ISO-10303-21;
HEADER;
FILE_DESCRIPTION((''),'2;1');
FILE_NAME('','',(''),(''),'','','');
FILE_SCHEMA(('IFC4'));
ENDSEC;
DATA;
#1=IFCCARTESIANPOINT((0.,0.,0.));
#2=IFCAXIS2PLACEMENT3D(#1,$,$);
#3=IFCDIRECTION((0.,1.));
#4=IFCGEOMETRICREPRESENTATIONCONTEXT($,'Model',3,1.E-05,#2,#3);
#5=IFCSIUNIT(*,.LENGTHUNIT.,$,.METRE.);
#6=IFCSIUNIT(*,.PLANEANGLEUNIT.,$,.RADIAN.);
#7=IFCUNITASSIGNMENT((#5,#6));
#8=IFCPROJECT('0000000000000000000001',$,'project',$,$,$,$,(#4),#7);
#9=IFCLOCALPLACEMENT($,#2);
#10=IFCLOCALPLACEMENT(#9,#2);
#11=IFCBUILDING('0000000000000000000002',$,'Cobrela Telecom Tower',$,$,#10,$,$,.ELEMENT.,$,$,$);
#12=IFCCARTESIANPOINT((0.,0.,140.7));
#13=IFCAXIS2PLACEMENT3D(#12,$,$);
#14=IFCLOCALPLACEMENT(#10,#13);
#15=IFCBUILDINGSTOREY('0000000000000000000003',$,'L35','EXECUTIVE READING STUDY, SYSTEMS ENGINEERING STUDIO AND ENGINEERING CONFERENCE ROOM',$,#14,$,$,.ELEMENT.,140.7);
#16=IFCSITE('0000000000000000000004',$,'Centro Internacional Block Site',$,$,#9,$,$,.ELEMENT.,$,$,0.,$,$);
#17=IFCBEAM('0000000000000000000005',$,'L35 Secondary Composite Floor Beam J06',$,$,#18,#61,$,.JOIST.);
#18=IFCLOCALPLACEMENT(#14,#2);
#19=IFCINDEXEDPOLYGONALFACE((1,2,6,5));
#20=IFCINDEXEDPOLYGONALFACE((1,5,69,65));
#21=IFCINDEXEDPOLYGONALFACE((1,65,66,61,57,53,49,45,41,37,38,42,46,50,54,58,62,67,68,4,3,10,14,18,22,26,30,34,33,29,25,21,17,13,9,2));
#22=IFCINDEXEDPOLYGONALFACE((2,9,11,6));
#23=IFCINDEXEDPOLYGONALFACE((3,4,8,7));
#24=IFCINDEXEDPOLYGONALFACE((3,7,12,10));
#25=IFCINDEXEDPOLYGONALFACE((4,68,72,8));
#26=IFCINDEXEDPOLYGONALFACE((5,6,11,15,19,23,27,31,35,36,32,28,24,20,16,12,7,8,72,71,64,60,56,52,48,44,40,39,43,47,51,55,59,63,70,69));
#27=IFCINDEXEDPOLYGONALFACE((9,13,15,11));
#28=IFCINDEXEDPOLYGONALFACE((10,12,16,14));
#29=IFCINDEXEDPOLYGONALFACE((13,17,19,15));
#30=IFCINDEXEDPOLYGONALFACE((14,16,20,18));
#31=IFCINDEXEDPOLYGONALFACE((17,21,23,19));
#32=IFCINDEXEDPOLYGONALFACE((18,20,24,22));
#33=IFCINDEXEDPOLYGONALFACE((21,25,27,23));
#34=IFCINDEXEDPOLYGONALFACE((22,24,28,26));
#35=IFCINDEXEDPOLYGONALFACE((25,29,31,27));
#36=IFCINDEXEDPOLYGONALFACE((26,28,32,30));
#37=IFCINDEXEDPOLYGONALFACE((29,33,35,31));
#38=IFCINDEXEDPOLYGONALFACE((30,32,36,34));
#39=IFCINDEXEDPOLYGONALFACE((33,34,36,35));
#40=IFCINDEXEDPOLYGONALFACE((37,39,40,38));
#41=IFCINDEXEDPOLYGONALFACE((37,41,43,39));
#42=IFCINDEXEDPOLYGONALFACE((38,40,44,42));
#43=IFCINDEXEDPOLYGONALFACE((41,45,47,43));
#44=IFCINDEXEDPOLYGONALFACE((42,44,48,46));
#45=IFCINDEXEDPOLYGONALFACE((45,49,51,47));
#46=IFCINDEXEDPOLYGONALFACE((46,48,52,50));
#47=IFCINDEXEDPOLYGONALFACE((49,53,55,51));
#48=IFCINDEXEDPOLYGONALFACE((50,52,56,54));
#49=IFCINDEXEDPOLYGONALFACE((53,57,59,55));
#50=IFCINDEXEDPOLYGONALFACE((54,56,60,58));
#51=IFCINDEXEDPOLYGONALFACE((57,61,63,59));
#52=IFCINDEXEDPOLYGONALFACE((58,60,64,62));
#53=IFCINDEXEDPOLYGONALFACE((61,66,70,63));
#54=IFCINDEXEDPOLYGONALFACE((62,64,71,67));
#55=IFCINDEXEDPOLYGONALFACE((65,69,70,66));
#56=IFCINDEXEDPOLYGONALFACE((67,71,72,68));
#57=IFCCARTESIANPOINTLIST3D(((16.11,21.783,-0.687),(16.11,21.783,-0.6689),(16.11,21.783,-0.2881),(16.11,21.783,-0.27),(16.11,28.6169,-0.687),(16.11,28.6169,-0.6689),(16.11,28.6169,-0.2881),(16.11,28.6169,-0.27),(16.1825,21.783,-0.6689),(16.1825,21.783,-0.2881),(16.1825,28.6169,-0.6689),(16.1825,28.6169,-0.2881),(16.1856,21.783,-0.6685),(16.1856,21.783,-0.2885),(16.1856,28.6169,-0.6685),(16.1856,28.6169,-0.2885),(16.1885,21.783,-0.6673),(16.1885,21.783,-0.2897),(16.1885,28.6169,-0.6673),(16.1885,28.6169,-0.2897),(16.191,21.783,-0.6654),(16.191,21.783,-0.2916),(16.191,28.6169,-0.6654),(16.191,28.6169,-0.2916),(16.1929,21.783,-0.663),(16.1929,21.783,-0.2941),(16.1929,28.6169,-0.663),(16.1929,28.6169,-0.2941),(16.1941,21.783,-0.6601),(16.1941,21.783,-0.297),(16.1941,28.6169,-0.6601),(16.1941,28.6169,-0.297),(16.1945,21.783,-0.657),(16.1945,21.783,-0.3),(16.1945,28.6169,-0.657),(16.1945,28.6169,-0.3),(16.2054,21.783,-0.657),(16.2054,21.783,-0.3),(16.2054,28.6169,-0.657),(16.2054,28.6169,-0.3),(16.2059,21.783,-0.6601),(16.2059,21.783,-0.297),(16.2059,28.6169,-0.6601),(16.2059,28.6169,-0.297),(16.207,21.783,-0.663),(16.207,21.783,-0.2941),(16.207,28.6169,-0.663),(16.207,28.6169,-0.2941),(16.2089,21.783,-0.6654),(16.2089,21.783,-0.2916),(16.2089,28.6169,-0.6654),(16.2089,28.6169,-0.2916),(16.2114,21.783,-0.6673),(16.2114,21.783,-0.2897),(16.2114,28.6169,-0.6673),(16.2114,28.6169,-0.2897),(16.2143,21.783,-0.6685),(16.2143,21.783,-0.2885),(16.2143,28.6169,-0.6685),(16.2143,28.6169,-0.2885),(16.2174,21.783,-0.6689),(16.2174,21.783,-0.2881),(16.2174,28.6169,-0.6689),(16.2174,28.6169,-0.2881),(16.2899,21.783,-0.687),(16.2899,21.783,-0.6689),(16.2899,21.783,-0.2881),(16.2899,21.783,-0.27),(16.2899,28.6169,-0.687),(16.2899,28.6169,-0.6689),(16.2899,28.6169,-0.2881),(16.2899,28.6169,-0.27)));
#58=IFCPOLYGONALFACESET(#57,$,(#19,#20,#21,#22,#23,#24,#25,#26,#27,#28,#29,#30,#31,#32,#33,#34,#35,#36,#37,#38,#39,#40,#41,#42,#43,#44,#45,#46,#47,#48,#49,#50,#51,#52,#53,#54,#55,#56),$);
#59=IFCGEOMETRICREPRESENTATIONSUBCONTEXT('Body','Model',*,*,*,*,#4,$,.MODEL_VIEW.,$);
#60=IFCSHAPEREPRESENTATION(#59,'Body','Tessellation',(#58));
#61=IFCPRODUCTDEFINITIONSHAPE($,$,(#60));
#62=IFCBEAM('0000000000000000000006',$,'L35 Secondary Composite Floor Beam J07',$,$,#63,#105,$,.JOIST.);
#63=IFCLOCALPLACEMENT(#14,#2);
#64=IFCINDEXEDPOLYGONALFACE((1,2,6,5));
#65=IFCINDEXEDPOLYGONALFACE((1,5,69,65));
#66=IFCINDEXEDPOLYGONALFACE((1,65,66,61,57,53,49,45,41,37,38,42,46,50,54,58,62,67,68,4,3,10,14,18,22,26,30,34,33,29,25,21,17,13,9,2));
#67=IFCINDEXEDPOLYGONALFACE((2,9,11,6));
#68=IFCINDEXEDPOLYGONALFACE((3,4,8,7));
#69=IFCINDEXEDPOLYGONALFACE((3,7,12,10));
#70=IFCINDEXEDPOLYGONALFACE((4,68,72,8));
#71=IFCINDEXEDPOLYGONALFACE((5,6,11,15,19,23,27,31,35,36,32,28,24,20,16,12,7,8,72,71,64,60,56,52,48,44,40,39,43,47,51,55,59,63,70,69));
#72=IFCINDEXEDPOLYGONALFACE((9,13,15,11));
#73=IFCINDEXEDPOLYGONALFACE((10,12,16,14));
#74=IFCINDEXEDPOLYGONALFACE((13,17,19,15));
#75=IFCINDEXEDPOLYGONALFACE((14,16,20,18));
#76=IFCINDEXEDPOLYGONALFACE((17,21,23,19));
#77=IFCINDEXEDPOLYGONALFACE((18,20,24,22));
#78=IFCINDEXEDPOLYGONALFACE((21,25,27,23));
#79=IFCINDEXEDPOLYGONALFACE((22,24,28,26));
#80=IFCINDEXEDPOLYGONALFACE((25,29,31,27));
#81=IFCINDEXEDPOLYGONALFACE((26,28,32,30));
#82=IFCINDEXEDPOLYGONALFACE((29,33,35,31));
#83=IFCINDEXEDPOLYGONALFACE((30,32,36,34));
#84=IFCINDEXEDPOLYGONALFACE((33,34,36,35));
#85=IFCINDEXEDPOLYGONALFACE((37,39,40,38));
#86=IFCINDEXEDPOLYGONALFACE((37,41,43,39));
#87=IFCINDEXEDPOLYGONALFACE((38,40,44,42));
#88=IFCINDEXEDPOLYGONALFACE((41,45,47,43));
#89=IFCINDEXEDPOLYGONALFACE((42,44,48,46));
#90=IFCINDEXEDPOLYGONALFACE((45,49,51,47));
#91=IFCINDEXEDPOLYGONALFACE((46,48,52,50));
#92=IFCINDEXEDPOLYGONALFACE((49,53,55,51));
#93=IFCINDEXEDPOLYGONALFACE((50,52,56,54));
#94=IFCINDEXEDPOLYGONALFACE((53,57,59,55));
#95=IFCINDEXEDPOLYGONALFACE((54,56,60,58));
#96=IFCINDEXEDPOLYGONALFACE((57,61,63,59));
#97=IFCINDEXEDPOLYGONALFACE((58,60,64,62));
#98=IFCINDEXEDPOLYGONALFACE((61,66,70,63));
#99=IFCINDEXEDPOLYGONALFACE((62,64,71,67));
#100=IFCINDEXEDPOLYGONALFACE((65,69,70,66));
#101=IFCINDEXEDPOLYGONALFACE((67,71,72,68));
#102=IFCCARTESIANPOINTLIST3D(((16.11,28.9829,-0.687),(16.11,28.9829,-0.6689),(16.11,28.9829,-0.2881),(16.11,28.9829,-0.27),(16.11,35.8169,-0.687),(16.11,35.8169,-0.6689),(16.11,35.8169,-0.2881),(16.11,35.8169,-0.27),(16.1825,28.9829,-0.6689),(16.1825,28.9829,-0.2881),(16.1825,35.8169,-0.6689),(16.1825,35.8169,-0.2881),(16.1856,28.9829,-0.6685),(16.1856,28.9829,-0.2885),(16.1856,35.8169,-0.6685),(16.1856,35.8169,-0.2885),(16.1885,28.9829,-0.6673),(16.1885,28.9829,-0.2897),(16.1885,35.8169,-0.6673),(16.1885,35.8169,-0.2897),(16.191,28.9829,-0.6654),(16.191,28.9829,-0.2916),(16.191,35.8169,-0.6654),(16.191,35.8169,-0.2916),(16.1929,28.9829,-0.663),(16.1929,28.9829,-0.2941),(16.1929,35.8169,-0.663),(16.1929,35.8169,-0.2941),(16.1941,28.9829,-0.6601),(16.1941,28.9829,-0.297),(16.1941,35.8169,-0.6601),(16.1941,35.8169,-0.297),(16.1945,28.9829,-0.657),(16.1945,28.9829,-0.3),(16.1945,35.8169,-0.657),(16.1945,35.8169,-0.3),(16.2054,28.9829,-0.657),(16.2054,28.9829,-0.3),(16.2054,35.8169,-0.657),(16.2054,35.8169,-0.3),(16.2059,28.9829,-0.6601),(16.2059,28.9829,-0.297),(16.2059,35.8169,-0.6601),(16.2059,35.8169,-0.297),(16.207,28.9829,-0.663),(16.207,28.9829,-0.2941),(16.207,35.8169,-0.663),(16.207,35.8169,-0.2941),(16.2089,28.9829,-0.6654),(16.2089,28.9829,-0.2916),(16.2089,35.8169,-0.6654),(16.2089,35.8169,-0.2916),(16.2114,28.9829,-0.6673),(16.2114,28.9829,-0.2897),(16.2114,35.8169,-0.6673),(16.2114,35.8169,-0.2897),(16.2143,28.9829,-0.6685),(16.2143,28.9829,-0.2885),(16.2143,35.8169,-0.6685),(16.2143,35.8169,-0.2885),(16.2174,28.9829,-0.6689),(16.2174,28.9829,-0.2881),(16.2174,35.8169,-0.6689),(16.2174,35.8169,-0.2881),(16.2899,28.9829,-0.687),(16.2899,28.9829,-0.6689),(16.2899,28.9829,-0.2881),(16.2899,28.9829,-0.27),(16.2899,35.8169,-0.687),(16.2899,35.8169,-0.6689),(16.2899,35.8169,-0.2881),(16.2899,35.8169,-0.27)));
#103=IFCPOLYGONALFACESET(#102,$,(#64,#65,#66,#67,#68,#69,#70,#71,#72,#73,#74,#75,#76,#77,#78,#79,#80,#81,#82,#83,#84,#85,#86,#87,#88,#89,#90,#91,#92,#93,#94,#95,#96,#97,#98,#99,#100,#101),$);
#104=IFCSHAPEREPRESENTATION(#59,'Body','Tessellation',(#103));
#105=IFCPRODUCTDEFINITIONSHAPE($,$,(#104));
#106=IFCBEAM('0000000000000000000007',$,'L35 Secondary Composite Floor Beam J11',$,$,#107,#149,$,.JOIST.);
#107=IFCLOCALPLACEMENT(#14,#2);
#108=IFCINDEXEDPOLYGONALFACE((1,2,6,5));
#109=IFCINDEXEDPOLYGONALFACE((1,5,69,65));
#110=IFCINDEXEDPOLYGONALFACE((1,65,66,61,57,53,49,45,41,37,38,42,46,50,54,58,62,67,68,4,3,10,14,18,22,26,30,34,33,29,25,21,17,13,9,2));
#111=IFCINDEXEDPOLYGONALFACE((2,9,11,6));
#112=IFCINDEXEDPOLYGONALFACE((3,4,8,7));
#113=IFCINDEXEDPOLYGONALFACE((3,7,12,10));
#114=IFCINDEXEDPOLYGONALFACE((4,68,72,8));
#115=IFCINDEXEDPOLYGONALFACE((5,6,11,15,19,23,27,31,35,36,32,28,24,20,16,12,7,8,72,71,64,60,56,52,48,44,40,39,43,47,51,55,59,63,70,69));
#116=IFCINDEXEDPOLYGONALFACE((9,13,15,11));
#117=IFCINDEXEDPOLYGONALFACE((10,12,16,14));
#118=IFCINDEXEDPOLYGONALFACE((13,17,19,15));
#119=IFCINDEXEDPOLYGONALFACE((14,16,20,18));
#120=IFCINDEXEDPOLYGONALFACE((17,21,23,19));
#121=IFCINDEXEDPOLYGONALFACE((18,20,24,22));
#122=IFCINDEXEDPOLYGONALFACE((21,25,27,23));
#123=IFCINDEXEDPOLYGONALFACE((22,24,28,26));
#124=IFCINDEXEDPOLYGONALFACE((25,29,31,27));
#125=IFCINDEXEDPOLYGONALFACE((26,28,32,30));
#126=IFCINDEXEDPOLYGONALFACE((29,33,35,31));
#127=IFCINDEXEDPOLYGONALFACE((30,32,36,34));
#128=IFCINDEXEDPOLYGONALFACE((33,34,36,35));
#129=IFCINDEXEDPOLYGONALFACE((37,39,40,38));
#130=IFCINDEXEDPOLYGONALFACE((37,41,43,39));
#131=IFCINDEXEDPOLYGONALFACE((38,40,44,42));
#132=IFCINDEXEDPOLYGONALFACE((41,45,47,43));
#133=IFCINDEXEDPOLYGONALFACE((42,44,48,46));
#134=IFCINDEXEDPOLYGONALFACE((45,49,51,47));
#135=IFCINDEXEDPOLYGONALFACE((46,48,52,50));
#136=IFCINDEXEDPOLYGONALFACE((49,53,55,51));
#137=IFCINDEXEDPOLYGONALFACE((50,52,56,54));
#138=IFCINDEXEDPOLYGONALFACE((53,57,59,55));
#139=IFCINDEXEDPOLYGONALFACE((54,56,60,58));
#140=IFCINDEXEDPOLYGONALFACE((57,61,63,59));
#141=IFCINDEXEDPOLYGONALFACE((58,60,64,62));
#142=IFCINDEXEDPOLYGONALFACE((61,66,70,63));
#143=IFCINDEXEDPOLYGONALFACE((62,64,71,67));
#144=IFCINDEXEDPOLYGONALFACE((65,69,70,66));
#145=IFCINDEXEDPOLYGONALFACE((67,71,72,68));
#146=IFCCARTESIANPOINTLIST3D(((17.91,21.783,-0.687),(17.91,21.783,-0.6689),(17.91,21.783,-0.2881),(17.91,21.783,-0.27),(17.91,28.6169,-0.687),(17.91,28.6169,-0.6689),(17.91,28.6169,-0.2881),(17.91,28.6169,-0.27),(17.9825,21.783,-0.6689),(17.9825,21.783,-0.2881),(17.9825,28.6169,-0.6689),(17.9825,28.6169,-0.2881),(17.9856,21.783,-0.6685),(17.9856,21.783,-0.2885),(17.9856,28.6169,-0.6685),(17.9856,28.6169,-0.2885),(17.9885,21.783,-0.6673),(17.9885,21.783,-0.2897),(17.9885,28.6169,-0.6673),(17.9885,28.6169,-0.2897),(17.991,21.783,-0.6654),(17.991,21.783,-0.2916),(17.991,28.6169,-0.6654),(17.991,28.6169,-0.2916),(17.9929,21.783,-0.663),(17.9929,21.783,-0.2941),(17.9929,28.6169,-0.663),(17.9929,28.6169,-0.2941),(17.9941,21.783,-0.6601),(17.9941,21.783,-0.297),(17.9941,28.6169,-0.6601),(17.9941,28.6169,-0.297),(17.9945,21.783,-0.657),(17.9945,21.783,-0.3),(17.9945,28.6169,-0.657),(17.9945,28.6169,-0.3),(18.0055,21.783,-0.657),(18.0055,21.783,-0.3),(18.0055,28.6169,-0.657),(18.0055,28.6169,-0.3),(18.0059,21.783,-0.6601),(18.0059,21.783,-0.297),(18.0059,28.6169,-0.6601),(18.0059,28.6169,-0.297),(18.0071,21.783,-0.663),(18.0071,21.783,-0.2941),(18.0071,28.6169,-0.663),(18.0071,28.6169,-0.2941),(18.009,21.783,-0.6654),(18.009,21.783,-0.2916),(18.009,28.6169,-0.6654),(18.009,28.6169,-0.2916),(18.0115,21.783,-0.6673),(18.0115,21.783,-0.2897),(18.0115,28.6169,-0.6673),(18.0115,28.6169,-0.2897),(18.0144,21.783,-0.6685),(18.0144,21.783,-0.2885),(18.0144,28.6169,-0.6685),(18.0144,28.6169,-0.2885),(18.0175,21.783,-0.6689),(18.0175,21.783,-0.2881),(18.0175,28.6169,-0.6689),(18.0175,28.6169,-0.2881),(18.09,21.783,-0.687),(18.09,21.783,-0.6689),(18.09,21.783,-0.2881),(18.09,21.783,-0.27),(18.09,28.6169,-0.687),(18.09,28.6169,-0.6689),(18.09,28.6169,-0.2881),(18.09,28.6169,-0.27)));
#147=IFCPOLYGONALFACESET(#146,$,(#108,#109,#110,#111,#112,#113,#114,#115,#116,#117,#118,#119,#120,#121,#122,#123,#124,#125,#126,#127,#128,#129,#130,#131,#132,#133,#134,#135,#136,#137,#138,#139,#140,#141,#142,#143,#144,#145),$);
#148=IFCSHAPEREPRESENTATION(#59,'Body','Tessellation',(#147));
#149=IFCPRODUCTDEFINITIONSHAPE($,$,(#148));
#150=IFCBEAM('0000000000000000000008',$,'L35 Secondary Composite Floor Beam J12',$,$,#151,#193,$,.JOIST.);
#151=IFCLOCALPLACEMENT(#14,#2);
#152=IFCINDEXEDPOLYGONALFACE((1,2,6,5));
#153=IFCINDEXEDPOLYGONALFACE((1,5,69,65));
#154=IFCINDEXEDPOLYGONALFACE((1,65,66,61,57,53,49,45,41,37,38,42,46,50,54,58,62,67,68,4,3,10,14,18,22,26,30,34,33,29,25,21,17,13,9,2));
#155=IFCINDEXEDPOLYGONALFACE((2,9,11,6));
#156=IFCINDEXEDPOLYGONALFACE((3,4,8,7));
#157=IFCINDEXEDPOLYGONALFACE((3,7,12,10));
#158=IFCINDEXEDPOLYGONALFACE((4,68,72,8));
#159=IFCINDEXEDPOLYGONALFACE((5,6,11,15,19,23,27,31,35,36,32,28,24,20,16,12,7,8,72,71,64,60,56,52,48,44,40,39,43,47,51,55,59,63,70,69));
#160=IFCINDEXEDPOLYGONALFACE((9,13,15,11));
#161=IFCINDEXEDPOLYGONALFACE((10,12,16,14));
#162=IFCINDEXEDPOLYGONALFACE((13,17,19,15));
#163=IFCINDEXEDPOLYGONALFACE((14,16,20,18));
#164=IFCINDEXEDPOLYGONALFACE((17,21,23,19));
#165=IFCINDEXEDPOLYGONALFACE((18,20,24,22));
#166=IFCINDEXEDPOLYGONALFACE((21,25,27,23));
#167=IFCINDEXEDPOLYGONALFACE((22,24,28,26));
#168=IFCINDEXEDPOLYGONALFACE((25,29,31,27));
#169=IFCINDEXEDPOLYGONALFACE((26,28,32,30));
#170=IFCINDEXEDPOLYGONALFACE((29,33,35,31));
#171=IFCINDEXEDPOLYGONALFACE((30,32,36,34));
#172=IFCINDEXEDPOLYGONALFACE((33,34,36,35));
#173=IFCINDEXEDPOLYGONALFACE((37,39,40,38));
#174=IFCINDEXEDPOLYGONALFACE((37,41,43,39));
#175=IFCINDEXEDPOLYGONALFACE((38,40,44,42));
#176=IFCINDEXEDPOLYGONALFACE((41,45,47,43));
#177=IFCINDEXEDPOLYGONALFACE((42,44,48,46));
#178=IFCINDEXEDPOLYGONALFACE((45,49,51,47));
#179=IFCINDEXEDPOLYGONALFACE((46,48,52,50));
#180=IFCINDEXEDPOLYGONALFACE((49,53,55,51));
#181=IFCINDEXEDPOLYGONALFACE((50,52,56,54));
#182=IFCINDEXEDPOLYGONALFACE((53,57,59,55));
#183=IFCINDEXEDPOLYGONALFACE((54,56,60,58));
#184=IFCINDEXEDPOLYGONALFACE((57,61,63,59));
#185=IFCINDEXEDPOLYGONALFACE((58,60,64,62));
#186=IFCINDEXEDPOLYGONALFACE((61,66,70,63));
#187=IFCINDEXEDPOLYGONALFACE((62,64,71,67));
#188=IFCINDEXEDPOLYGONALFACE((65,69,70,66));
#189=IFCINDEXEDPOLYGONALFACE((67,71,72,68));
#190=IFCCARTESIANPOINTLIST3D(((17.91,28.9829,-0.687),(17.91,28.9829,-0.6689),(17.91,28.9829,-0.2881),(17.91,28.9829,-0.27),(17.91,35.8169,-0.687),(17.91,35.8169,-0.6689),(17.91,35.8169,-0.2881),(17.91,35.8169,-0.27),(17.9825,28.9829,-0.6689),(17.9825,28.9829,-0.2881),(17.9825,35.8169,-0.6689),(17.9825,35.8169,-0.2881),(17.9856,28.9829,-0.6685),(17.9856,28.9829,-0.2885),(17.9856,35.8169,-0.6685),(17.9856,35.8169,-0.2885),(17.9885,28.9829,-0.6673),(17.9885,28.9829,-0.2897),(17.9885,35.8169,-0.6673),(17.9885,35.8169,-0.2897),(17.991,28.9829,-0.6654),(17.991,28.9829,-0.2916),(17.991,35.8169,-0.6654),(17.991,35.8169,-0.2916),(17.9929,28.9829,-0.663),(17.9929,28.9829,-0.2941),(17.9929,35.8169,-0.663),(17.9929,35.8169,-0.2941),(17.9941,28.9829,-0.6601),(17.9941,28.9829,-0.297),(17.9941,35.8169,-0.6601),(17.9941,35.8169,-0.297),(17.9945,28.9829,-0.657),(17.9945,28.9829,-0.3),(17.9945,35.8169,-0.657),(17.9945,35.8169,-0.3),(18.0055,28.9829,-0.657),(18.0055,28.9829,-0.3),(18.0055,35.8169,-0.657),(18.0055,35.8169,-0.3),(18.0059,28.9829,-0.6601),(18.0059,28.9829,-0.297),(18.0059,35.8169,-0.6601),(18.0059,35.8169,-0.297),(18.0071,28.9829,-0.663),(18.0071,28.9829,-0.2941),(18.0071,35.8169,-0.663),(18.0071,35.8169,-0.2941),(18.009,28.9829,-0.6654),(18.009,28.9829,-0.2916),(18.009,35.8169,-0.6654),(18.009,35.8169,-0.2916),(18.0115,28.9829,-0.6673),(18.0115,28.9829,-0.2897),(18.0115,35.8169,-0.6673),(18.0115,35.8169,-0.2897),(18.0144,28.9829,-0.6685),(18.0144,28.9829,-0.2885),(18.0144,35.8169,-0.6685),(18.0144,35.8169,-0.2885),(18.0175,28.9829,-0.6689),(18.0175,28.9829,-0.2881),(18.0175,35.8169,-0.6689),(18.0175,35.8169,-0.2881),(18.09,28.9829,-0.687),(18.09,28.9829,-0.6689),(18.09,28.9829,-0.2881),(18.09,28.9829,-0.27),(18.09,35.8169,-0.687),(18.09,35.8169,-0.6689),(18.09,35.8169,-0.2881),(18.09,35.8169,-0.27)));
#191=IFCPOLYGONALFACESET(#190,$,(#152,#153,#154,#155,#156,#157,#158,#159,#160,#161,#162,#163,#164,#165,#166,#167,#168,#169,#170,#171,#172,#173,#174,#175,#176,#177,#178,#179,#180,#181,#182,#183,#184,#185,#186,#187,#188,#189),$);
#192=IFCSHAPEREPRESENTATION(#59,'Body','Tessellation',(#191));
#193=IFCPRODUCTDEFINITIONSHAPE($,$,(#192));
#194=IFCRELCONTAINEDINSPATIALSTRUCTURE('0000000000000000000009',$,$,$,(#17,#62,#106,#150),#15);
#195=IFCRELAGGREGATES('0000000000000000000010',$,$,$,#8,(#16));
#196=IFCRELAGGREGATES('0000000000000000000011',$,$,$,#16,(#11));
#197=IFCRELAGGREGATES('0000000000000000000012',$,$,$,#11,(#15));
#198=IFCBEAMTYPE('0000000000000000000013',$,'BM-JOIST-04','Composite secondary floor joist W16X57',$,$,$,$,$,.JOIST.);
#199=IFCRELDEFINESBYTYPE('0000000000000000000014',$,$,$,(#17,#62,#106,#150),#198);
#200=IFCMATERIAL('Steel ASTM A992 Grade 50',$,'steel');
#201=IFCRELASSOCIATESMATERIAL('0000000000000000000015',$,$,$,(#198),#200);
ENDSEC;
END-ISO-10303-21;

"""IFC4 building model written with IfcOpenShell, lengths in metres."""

from ifc_helpers import new_model, si_unit, direction, frame, origin, origin_2d, place, context, subcontext, project, spatial, i_section, extrude, material, material_profile, profile_set, type_object, element, save


model = new_model("IFC4")

# Units and contexts
model_context = context("Model", 3, precision=1e-05, world=origin(), true_north=direction((0.0, 1.0)))
body_context = subcontext(model_context, "Body", "Model", "MODEL_VIEW")
ifc_project = project(units=[si_unit("LENGTHUNIT", "METRE"), si_unit("PLANEANGLEUNIT", "RADIAN")], contexts=[model_context])

# Site, building, storey
site_placement = place(None, origin())
site = spatial("IfcSite", under=ifc_project, at=site_placement, Name="Centro Internacional Block Site", CompositionType="ELEMENT", RefElevation=0.0)
building_placement = place(site_placement, origin())
building = spatial("IfcBuilding", under=site, at=building_placement, Name="Cobrela Telecom Tower", CompositionType="ELEMENT")
storey_placement = place(building_placement, frame((0.0, 0.0, 140.7)))
storey = spatial("IfcBuildingStorey", under=building, at=storey_placement, Name="L35", Description="EXECUTIVE READING STUDY, SYSTEMS ENGINEERING STUDIO AND ENGINEERING CONFERENCE ROOM", CompositionType="ELEMENT", Elevation=140.7)

# Beams
ifc_material_1 = material(Name="Steel ASTM A992 Grade 50", Category="steel")
ifc_material_profile_1 = material_profile(ifc_material_1, i_section(OverallWidth=0.1799, OverallDepth=0.417, WebThickness=0.011, FlangeThickness=0.0181, FilletRadius=0.012, at=origin_2d()), Name="W16X57")
ifc_profile_set_1 = profile_set([ifc_material_profile_1], Name="Steel ASTM A992 Grade 50")
beam_type_1 = type_object("IfcBeamType", Name="BM-JOIST-04", Description="Composite secondary floor joist W16X57", PredefinedType="JOIST", material=ifc_profile_set_1)
for number, where, z_axis, x_axis, name in (
    (1, (16.2, 21.783, -0.4785), (0.0, 1.0, 0.0), (-1.0, 0.0, 0.0), "L35 Secondary Composite Floor Beam J06"),
    (2, (16.2, 28.9829, -0.4785), (0.0, 1.0, 0.0), (-1.0, 0.0, 0.0), "L35 Secondary Composite Floor Beam J07"),
    (3, (18.0, 21.783, -0.4785), (0.0, 1.0, 0.0), (-1.0, 0.0, 0.0), "L35 Secondary Composite Floor Beam J11"),
    (4, (18.0, 28.9829, -0.4785), (0.0, 1.0, 0.0), (-1.0, 0.0, 0.0), "L35 Secondary Composite Floor Beam J12"),
):
    element("IfcBeam", number, at=place(storey_placement, frame(where, z_axis=z_axis, x_axis=x_axis)), inside=storey, type_object=beam_type_1, Name=name, PredefinedType="JOIST", context=body_context, shape_type="SweptSolid", body=[
        extrude(i_section(OverallWidth=0.1799, OverallDepth=0.417, WebThickness=0.011, FlangeThickness=0.0181, FilletRadius=0.012, at=origin_2d()), origin(), (0.0, 0.0, 1.0), 6.834),
    ])

save(model, "model.ifc")
